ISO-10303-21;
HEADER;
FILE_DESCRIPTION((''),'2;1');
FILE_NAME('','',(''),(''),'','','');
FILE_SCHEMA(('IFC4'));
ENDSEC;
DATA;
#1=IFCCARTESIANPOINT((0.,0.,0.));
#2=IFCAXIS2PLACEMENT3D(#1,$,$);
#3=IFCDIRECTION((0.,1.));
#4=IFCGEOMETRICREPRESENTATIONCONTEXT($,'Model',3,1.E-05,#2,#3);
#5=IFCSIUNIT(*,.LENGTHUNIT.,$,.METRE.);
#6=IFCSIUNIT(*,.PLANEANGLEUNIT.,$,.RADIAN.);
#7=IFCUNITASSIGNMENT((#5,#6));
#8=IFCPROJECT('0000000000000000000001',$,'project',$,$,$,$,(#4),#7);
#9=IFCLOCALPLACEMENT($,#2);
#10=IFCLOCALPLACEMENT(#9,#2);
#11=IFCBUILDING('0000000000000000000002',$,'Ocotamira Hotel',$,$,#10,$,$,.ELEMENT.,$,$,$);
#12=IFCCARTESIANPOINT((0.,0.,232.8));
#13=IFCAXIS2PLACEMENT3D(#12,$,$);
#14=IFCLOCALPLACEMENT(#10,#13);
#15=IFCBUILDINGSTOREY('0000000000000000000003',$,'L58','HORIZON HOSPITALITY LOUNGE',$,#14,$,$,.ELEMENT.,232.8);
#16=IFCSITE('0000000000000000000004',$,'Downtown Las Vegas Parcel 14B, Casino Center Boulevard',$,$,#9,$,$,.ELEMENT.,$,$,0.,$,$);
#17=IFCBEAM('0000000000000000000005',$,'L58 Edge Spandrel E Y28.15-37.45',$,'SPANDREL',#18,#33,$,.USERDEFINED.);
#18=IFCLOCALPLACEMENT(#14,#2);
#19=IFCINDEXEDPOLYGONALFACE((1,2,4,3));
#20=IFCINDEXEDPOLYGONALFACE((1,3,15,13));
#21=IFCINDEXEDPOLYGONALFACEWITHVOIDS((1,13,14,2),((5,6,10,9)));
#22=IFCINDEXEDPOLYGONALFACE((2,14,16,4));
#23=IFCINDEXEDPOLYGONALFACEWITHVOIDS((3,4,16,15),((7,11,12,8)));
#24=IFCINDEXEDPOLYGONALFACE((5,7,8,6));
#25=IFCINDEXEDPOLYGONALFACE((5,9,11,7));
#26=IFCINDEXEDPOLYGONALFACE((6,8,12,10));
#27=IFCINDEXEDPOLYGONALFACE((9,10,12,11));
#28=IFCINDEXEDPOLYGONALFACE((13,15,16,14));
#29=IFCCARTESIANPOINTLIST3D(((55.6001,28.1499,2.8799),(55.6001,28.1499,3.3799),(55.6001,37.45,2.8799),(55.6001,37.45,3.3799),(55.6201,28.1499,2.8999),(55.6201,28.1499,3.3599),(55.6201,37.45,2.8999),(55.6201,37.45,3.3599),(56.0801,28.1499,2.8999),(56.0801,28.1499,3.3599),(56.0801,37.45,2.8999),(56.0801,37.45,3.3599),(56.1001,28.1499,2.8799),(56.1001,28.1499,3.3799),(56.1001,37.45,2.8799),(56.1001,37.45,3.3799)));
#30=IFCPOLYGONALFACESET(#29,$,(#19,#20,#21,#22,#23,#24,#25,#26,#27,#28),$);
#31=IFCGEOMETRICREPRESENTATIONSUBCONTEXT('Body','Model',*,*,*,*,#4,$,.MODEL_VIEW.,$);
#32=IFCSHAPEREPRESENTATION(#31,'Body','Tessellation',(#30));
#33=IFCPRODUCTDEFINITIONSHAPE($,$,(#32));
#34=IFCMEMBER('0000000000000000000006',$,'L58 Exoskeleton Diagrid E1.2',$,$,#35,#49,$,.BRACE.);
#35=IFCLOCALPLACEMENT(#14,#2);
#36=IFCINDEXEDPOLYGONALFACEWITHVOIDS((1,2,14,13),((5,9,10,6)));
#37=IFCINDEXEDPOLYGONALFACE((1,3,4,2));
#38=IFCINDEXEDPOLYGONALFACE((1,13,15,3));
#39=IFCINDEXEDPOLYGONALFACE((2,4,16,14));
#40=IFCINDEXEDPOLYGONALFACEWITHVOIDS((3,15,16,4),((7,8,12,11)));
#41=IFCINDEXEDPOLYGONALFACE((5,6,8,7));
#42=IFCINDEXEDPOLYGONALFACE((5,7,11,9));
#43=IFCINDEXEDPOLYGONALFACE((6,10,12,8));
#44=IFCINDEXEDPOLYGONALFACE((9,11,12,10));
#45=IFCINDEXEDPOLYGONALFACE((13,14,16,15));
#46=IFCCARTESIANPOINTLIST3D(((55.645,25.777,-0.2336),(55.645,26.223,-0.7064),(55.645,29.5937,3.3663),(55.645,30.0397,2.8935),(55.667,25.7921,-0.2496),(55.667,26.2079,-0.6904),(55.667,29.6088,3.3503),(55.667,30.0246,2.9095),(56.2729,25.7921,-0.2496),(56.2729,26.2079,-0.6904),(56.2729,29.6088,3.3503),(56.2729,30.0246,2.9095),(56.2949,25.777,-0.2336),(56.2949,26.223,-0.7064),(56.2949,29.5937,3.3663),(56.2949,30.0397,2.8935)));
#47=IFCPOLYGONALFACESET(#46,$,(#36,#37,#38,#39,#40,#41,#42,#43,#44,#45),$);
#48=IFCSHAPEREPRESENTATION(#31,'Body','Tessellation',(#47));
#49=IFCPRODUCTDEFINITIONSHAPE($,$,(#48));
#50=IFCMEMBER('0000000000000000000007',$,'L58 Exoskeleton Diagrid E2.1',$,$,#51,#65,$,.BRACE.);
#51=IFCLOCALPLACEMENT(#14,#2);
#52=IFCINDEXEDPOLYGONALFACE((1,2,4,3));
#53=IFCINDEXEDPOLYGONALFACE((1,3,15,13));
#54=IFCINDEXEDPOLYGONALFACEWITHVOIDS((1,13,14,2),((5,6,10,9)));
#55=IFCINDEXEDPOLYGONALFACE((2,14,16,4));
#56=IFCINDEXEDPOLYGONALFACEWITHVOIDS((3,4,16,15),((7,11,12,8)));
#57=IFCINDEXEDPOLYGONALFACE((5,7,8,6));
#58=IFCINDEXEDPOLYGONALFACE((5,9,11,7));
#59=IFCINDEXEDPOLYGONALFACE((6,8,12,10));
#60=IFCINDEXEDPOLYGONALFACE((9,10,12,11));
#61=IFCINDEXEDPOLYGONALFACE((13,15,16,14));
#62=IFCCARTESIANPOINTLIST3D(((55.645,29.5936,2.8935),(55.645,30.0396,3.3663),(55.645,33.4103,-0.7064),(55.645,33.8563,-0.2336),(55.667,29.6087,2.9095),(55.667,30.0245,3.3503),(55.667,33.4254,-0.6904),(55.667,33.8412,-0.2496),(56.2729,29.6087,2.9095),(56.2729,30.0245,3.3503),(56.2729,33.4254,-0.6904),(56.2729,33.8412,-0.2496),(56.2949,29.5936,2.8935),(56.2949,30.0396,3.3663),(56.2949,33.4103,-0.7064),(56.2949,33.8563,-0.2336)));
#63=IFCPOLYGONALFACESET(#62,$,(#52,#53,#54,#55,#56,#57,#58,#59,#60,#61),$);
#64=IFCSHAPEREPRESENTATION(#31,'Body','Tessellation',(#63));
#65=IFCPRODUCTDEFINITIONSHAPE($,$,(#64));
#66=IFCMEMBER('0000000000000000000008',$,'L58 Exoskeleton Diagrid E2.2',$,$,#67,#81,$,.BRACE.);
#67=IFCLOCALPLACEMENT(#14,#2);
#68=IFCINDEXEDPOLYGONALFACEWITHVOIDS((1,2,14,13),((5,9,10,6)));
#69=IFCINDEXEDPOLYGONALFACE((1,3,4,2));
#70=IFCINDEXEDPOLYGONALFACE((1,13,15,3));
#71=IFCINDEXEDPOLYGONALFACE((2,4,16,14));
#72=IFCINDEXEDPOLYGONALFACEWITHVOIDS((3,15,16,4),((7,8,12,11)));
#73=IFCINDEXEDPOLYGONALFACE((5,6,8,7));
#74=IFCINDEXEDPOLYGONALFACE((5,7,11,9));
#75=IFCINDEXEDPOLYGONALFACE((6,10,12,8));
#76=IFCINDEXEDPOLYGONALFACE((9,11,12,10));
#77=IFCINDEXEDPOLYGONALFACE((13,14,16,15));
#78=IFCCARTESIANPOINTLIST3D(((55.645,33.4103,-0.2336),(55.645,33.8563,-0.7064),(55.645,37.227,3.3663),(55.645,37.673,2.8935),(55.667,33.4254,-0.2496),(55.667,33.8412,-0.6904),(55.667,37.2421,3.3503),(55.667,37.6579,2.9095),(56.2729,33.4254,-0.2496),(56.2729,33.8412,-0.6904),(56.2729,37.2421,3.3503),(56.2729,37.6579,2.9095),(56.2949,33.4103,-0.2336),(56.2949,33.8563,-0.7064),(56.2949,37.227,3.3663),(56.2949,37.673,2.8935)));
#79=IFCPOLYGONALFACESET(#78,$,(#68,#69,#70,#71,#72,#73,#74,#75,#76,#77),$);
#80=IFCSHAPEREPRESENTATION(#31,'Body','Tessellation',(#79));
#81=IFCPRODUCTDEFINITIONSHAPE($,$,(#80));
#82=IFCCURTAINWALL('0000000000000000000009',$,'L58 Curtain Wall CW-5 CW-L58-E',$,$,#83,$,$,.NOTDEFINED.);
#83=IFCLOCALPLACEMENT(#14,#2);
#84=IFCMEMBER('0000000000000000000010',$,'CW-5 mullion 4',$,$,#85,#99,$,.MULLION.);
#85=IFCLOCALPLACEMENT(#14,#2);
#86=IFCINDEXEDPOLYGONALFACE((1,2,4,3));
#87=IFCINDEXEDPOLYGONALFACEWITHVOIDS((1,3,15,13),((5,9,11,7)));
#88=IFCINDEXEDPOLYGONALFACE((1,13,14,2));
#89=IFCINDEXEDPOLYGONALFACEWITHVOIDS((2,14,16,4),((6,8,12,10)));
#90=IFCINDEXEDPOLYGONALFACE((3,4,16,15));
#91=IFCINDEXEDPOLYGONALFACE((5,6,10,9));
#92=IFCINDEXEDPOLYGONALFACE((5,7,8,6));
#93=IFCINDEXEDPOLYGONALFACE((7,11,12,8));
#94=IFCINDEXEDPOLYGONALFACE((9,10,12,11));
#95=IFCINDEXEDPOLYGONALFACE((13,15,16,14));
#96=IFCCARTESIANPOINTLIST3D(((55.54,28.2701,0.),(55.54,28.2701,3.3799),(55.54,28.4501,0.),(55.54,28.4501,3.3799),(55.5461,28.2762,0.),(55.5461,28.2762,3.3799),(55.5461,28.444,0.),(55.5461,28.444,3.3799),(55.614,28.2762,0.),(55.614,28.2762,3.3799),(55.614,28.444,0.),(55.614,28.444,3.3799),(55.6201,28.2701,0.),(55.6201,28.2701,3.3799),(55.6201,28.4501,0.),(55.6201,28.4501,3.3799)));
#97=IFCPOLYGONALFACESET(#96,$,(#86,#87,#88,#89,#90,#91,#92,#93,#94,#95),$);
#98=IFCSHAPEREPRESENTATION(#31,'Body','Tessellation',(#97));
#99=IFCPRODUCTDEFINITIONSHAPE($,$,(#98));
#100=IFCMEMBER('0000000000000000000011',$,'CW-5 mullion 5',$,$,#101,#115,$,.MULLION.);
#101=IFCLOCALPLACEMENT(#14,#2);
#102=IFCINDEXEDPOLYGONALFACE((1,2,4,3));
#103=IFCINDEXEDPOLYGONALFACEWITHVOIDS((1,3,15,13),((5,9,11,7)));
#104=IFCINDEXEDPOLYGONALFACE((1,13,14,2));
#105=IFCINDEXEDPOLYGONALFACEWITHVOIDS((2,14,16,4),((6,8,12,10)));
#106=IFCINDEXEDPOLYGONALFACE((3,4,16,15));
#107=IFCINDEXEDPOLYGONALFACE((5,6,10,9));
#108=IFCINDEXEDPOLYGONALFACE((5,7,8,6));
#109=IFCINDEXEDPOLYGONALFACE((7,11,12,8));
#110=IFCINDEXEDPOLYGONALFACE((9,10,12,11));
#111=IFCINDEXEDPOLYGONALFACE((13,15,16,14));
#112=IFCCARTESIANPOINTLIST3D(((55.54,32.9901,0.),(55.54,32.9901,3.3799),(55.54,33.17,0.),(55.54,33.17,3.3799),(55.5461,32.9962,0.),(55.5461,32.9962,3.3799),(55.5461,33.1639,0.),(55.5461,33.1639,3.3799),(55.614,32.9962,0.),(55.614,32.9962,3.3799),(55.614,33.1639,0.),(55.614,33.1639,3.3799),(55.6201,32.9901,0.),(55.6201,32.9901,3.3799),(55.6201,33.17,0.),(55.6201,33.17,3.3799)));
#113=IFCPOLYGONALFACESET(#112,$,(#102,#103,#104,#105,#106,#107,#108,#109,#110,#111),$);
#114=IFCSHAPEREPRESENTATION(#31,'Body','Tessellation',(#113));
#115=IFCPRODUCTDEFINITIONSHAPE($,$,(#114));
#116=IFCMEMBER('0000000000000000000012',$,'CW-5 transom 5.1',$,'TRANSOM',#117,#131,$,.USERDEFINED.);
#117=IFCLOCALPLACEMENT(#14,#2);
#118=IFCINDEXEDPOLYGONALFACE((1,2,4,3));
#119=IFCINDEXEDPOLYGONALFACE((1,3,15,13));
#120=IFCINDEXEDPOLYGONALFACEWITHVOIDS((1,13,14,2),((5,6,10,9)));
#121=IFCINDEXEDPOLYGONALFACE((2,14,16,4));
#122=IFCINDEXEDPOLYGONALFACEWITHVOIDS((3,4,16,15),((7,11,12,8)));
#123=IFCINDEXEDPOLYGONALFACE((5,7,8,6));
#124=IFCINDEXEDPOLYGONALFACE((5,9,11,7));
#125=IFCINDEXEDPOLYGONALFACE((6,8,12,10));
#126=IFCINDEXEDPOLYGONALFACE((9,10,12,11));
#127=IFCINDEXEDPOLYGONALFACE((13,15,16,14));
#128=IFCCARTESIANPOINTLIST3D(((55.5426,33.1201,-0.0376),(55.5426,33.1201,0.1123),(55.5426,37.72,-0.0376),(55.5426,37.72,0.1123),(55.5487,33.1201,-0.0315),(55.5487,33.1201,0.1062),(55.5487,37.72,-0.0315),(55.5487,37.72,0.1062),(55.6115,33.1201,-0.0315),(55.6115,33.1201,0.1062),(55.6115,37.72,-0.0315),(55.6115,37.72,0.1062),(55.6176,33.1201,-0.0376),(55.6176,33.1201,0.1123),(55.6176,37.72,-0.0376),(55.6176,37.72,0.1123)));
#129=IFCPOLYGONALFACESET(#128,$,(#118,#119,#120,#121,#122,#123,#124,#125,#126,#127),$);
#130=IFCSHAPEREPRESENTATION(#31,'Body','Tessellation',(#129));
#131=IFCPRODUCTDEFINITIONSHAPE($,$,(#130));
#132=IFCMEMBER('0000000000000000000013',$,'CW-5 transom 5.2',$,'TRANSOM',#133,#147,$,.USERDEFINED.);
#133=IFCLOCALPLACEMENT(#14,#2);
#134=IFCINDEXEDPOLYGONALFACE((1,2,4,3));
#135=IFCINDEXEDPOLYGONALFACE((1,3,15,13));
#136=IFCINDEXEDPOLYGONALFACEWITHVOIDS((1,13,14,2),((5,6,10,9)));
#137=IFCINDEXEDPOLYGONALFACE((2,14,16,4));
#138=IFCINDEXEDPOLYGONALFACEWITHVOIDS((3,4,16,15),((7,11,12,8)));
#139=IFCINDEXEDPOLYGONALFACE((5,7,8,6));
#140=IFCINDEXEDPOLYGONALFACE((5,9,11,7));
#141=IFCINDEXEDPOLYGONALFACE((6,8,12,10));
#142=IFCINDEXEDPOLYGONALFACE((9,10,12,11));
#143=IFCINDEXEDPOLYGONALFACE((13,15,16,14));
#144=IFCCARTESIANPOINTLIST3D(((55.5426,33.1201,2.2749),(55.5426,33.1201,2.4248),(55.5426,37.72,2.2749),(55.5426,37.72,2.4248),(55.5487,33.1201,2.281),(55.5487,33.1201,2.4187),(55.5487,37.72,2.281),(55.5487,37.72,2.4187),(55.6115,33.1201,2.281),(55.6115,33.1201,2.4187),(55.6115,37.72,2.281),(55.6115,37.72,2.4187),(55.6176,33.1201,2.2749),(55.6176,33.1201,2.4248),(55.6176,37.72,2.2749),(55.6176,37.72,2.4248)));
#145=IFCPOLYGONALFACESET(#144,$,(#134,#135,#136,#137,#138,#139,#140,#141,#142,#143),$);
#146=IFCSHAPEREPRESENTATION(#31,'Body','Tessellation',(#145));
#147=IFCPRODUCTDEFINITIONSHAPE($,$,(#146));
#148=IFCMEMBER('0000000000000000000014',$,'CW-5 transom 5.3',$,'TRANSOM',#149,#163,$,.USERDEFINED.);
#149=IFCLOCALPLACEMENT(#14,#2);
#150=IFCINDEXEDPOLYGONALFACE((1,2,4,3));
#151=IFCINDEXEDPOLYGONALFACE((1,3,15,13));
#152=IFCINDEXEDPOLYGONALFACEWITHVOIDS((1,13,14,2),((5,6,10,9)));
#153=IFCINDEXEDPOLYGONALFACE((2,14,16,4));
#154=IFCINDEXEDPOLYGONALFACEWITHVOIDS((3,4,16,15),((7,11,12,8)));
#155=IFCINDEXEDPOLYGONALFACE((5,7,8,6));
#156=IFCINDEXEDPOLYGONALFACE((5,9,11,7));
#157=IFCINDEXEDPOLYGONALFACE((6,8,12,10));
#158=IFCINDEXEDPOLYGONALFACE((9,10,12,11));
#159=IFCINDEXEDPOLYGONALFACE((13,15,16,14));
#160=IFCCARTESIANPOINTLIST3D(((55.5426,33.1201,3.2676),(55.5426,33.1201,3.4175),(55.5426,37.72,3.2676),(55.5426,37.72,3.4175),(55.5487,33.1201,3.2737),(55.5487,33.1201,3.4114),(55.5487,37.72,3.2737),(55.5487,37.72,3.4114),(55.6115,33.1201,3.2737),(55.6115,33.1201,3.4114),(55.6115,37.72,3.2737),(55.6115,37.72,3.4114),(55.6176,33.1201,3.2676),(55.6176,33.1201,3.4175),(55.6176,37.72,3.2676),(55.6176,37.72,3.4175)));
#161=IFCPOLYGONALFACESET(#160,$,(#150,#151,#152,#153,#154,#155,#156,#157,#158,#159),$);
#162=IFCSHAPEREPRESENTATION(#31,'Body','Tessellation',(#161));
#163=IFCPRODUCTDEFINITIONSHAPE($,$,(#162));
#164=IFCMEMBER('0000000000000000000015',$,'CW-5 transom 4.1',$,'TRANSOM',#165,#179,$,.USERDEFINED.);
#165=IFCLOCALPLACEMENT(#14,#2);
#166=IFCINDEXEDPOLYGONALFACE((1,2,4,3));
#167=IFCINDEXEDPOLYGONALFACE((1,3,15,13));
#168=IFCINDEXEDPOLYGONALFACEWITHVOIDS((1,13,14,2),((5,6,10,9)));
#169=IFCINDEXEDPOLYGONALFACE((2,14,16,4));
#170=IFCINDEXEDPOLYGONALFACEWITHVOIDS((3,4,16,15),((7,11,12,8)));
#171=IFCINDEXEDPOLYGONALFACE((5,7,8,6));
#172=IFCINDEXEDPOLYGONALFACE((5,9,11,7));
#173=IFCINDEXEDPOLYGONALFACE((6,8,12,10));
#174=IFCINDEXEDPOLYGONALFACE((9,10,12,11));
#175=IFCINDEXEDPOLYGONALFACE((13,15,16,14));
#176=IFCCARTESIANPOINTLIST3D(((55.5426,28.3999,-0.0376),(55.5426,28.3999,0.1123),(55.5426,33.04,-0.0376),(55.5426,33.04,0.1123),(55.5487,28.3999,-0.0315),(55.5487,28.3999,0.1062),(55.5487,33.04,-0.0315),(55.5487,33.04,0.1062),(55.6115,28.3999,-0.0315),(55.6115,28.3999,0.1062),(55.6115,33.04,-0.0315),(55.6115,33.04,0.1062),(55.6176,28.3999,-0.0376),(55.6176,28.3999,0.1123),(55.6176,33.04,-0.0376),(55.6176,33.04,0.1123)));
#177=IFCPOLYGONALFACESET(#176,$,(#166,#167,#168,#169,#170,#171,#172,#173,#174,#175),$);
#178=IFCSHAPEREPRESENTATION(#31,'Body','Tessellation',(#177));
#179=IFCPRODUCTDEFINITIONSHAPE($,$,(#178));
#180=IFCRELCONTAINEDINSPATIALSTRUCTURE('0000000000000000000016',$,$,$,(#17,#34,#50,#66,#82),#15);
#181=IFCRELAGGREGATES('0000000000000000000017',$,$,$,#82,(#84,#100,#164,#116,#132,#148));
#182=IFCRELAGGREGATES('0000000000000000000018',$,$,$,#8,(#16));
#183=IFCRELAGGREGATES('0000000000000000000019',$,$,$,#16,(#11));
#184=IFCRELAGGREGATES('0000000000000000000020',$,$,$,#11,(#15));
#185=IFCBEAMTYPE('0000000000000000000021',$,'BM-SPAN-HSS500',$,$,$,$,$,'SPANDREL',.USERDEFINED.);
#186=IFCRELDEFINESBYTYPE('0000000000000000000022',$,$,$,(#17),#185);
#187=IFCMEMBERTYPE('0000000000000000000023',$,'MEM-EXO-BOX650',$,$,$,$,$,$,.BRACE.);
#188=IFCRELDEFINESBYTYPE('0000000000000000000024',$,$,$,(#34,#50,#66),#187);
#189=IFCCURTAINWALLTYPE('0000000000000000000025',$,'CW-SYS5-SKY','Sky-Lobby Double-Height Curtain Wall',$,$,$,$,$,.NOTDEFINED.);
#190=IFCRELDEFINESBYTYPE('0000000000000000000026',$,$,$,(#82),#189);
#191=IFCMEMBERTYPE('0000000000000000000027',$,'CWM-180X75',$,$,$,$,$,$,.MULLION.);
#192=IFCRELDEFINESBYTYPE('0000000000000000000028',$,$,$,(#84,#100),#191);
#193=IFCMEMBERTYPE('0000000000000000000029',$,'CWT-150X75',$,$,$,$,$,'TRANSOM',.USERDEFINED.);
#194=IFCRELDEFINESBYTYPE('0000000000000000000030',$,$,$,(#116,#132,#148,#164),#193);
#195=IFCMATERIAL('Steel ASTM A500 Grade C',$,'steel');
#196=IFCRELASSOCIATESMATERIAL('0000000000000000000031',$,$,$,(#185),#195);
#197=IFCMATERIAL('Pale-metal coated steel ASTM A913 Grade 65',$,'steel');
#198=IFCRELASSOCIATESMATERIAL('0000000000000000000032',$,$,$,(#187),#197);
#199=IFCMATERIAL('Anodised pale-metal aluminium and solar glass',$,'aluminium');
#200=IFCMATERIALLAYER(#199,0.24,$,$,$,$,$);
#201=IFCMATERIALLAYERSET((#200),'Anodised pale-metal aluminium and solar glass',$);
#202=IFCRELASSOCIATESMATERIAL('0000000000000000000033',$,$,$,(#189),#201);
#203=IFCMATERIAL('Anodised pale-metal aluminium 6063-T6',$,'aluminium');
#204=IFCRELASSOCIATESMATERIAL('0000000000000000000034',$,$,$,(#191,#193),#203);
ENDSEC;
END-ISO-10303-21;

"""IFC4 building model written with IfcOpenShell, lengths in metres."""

from ifc_helpers import new_model, si_unit, direction, frame, origin, origin_2d, place, context, subcontext, project, spatial, hollow_rectangle, extrude, source, transform, mapped, material, layer, layer_set, material_profile, profile_set, type_object, element, aggregate, save


model = new_model("IFC4")

# Units and contexts
model_context = context("Model", 3, precision=1e-05, world=origin(), true_north=direction((0.0, 1.0)))
body_context = subcontext(model_context, "Body", "Model", "MODEL_VIEW")
ifc_project = project(units=[si_unit("LENGTHUNIT", "METRE"), si_unit("PLANEANGLEUNIT", "RADIAN")], contexts=[model_context])

# Site, building, storey
site_placement = place(None, origin())
site = spatial("IfcSite", under=ifc_project, at=site_placement, Name="Downtown Las Vegas Parcel 14B, Casino Center Boulevard", CompositionType="ELEMENT", RefElevation=0.0)
building_placement = place(site_placement, origin())
building = spatial("IfcBuilding", under=site, at=building_placement, Name="Ocotamira Hotel", CompositionType="ELEMENT")
storey_placement = place(building_placement, frame((0.0, 0.0, 232.8)))
storey = spatial("IfcBuildingStorey", under=building, at=storey_placement, Name="L58", Description="HORIZON HOSPITALITY LOUNGE", CompositionType="ELEMENT", Elevation=232.8)

# Beam
ifc_material_1 = material(Name="Steel ASTM A500 Grade C", Category="steel")
ifc_material_profile_1 = material_profile(ifc_material_1, hollow_rectangle(XDim=0.5, YDim=0.5, WallThickness=0.02, at=origin_2d()), Name="HSS500X500X20")
ifc_profile_set_1 = profile_set([ifc_material_profile_1], Name="Steel ASTM A500 Grade C")
beam_type_1 = type_object("IfcBeamType", Name="BM-SPAN-HSS500", ElementType="SPANDREL", PredefinedType="USERDEFINED", material=ifc_profile_set_1)
shared_shape_1 = source(origin(), body_context, "Body", "SweptSolid", [
    extrude(hollow_rectangle(XDim=0.5, YDim=0.5, WallThickness=0.02, at=origin_2d()), origin(), (0.0, 0.0, 1.0), 9.3),
])
beam_1_placement = place(storey_placement, frame((55.8501, 28.1499, 3.1299), z_axis=(0.0, 1.0, 0.0), x_axis=(-1.0, 0.0, 0.0)))
element("IfcBeam", 1, at=beam_1_placement, inside=storey, type_object=beam_type_1, Name="L58 Edge Spandrel E Y28.15-37.45", ObjectType="SPANDREL", PredefinedType="USERDEFINED", context=body_context, shape_type="MappedRepresentation", body=[
    mapped(shared_shape_1, transform((0.0, 0.0, 0.0), scale=1.0)),
])

# Members
ifc_material_2 = material(Name="Pale-metal coated steel ASTM A913 Grade 65", Category="steel")
ifc_material_profile_2 = material_profile(ifc_material_2, hollow_rectangle(XDim=0.6499, YDim=0.6499, WallThickness=0.022, at=origin_2d()), Name="BOX650X650X22")
ifc_profile_set_2 = profile_set([ifc_material_profile_2], Name="Pale-metal coated steel ASTM A913 Grade 65")
member_type_1 = type_object("IfcMemberType", Name="MEM-EXO-BOX650", PredefinedType="BRACE", material=ifc_profile_set_2)
shared_shape_2 = source(origin(), body_context, "Body", "SweptSolid", [
    extrude(hollow_rectangle(XDim=0.6499, YDim=0.6499, WallThickness=0.022, at=origin_2d()), origin(), (0.0, 0.0, 1.0), 5.2466),
])
for number, where, z_axis, x_axis, name in (
    (2, (55.97, 26.0, -0.47), (0.0, 0.727466, 0.686144), (-1.0, 0.0, 0.0), "L58 Exoskeleton Diagrid E1.2"),
    (3, (55.97, 33.6333, -0.47), (0.0, -0.727466, 0.686144), (1.0, 0.0, 0.0), "L58 Exoskeleton Diagrid E2.1"),
    (4, (55.97, 33.6333, -0.47), (0.0, 0.727466, 0.686144), (-1.0, 0.0, 0.0), "L58 Exoskeleton Diagrid E2.2"),
):
    element("IfcMember", number, at=place(storey_placement, frame(where, z_axis=z_axis, x_axis=x_axis)), inside=storey, type_object=member_type_1, Name=name, PredefinedType="BRACE", context=body_context, shape_type="MappedRepresentation", body=[
        mapped(shared_shape_2, transform((0.0, 0.0, 0.0), scale=1.0)),
    ])

# Curtain wall, members
ifc_material_3 = material(Name="Anodised pale-metal aluminium and solar glass", Category="aluminium")
ifc_layer_1 = layer(ifc_material_3, 0.24)
ifc_layer_set_1 = layer_set([ifc_layer_1], Name="Anodised pale-metal aluminium and solar glass")
curtain_wall_type = type_object("IfcCurtainWallType", Name="CW-SYS5-SKY", Description="Sky-Lobby Double-Height Curtain Wall", PredefinedType="NOTDEFINED", material=ifc_layer_set_1)
curtain_wall_placement = place(storey_placement, origin())
curtain_wall = element("IfcCurtainWall", 5, at=curtain_wall_placement, inside=storey, type_object=curtain_wall_type, Name="L58 Curtain Wall CW-5 CW-L58-E", PredefinedType="NOTDEFINED")
ifc_material_4 = material(Name="Anodised pale-metal aluminium 6063-T6", Category="aluminium")
ifc_material_profile_3 = material_profile(ifc_material_4, hollow_rectangle(XDim=0.0801, YDim=0.1799, WallThickness=0.0061, at=origin_2d()), Name="HSS180X80X6")
ifc_profile_set_3 = profile_set([ifc_material_profile_3], Name="Anodised pale-metal aluminium 6063-T6")
member_type_2 = type_object("IfcMemberType", Name="CWM-180X75", PredefinedType="MULLION", material=ifc_profile_set_3)
shared_shape_3 = source(origin(), body_context, "Body", "SweptSolid", [
    extrude(hollow_rectangle(XDim=0.0801, YDim=0.1799, WallThickness=0.0061, at=origin_2d()), origin(), (0.0, 0.0, 1.0), 3.3799),
])
member_1_placement = place(storey_placement, frame((55.5801, 28.3601, 0.0), z_axis=(0.0, 0.0, 1.0), x_axis=(-1.0, 0.0, 0.0)))
member_1 = element("IfcMember", 6, at=member_1_placement, type_object=member_type_2, Name="CW-5 mullion 4", PredefinedType="MULLION", context=body_context, shape_type="MappedRepresentation", body=[
    mapped(shared_shape_3, transform((0.0, 0.0, 0.0), scale=1.0)),
])
member_2_placement = place(storey_placement, frame((55.5801, 33.0801, 0.0), z_axis=(0.0, 0.0, 1.0), x_axis=(-1.0, 0.0, 0.0)))
member_2 = element("IfcMember", 7, at=member_2_placement, type_object=member_type_2, Name="CW-5 mullion 5", PredefinedType="MULLION", context=body_context, shape_type="MappedRepresentation", body=[
    mapped(shared_shape_3, transform((0.0, 0.0, 0.0), scale=1.0)),
])
ifc_material_profile_4 = material_profile(ifc_material_4, hollow_rectangle(XDim=0.075, YDim=0.1499, WallThickness=0.0061, at=origin_2d()), Name="HSS150X75X6")
ifc_profile_set_4 = profile_set([ifc_material_profile_4], Name="Anodised pale-metal aluminium 6063-T6")
member_type_3 = type_object("IfcMemberType", Name="CWT-150X75", ElementType="TRANSOM", PredefinedType="USERDEFINED", material=ifc_profile_set_4)
shared_shape_4 = source(origin(), body_context, "Body", "SweptSolid", [
    extrude(hollow_rectangle(XDim=0.075, YDim=0.1499, WallThickness=0.0061, at=origin_2d()), origin(), (0.0, 0.0, 1.0), 4.5999),
])
member_3_placement = place(storey_placement, frame((55.5801, 33.1201, 0.0374), z_axis=(0.0, 1.0, 0.0), x_axis=(-1.0, 0.0, 0.0)))
member_3 = element("IfcMember", 8, at=member_3_placement, type_object=member_type_3, Name="CW-5 transom 5.1", ObjectType="TRANSOM", PredefinedType="USERDEFINED", context=body_context, shape_type="MappedRepresentation", body=[
    mapped(shared_shape_4, transform((0.0, 0.0, 0.0), scale=1.0)),
])
member_4_placement = place(storey_placement, frame((55.5801, 33.1201, 2.3499), z_axis=(0.0, 1.0, 0.0), x_axis=(-1.0, 0.0, 0.0)))
member_4 = element("IfcMember", 9, at=member_4_placement, type_object=member_type_3, Name="CW-5 transom 5.2", ObjectType="TRANSOM", PredefinedType="USERDEFINED", context=body_context, shape_type="MappedRepresentation", body=[
    mapped(shared_shape_4, transform((0.0, 0.0, 0.0), scale=1.0)),
])
member_5_placement = place(storey_placement, frame((55.5801, 33.1201, 3.3425), z_axis=(0.0, 1.0, 0.0), x_axis=(-1.0, 0.0, 0.0)))
member_5 = element("IfcMember", 10, at=member_5_placement, type_object=member_type_3, Name="CW-5 transom 5.3", ObjectType="TRANSOM", PredefinedType="USERDEFINED", context=body_context, shape_type="MappedRepresentation", body=[
    mapped(shared_shape_4, transform((0.0, 0.0, 0.0), scale=1.0)),
])
shared_shape_5 = source(origin(), body_context, "Body", "SweptSolid", [
    extrude(hollow_rectangle(XDim=0.075, YDim=0.1499, WallThickness=0.0061, at=origin_2d()), origin(), (0.0, 0.0, 1.0), 4.6401),
])
member_6_placement = place(storey_placement, frame((55.5801, 28.3999, 0.0374), z_axis=(0.0, 1.0, 0.0), x_axis=(-1.0, 0.0, 0.0)))
member_6 = element("IfcMember", 11, at=member_6_placement, type_object=member_type_3, Name="CW-5 transom 4.1", ObjectType="TRANSOM", PredefinedType="USERDEFINED", context=body_context, shape_type="MappedRepresentation", body=[
    mapped(shared_shape_5, transform((0.0, 0.0, 0.0), scale=1.0)),
])

aggregate(curtain_wall, [member_1, member_2, member_6, member_3, member_4, member_5])

save(model, "model.ifc")
